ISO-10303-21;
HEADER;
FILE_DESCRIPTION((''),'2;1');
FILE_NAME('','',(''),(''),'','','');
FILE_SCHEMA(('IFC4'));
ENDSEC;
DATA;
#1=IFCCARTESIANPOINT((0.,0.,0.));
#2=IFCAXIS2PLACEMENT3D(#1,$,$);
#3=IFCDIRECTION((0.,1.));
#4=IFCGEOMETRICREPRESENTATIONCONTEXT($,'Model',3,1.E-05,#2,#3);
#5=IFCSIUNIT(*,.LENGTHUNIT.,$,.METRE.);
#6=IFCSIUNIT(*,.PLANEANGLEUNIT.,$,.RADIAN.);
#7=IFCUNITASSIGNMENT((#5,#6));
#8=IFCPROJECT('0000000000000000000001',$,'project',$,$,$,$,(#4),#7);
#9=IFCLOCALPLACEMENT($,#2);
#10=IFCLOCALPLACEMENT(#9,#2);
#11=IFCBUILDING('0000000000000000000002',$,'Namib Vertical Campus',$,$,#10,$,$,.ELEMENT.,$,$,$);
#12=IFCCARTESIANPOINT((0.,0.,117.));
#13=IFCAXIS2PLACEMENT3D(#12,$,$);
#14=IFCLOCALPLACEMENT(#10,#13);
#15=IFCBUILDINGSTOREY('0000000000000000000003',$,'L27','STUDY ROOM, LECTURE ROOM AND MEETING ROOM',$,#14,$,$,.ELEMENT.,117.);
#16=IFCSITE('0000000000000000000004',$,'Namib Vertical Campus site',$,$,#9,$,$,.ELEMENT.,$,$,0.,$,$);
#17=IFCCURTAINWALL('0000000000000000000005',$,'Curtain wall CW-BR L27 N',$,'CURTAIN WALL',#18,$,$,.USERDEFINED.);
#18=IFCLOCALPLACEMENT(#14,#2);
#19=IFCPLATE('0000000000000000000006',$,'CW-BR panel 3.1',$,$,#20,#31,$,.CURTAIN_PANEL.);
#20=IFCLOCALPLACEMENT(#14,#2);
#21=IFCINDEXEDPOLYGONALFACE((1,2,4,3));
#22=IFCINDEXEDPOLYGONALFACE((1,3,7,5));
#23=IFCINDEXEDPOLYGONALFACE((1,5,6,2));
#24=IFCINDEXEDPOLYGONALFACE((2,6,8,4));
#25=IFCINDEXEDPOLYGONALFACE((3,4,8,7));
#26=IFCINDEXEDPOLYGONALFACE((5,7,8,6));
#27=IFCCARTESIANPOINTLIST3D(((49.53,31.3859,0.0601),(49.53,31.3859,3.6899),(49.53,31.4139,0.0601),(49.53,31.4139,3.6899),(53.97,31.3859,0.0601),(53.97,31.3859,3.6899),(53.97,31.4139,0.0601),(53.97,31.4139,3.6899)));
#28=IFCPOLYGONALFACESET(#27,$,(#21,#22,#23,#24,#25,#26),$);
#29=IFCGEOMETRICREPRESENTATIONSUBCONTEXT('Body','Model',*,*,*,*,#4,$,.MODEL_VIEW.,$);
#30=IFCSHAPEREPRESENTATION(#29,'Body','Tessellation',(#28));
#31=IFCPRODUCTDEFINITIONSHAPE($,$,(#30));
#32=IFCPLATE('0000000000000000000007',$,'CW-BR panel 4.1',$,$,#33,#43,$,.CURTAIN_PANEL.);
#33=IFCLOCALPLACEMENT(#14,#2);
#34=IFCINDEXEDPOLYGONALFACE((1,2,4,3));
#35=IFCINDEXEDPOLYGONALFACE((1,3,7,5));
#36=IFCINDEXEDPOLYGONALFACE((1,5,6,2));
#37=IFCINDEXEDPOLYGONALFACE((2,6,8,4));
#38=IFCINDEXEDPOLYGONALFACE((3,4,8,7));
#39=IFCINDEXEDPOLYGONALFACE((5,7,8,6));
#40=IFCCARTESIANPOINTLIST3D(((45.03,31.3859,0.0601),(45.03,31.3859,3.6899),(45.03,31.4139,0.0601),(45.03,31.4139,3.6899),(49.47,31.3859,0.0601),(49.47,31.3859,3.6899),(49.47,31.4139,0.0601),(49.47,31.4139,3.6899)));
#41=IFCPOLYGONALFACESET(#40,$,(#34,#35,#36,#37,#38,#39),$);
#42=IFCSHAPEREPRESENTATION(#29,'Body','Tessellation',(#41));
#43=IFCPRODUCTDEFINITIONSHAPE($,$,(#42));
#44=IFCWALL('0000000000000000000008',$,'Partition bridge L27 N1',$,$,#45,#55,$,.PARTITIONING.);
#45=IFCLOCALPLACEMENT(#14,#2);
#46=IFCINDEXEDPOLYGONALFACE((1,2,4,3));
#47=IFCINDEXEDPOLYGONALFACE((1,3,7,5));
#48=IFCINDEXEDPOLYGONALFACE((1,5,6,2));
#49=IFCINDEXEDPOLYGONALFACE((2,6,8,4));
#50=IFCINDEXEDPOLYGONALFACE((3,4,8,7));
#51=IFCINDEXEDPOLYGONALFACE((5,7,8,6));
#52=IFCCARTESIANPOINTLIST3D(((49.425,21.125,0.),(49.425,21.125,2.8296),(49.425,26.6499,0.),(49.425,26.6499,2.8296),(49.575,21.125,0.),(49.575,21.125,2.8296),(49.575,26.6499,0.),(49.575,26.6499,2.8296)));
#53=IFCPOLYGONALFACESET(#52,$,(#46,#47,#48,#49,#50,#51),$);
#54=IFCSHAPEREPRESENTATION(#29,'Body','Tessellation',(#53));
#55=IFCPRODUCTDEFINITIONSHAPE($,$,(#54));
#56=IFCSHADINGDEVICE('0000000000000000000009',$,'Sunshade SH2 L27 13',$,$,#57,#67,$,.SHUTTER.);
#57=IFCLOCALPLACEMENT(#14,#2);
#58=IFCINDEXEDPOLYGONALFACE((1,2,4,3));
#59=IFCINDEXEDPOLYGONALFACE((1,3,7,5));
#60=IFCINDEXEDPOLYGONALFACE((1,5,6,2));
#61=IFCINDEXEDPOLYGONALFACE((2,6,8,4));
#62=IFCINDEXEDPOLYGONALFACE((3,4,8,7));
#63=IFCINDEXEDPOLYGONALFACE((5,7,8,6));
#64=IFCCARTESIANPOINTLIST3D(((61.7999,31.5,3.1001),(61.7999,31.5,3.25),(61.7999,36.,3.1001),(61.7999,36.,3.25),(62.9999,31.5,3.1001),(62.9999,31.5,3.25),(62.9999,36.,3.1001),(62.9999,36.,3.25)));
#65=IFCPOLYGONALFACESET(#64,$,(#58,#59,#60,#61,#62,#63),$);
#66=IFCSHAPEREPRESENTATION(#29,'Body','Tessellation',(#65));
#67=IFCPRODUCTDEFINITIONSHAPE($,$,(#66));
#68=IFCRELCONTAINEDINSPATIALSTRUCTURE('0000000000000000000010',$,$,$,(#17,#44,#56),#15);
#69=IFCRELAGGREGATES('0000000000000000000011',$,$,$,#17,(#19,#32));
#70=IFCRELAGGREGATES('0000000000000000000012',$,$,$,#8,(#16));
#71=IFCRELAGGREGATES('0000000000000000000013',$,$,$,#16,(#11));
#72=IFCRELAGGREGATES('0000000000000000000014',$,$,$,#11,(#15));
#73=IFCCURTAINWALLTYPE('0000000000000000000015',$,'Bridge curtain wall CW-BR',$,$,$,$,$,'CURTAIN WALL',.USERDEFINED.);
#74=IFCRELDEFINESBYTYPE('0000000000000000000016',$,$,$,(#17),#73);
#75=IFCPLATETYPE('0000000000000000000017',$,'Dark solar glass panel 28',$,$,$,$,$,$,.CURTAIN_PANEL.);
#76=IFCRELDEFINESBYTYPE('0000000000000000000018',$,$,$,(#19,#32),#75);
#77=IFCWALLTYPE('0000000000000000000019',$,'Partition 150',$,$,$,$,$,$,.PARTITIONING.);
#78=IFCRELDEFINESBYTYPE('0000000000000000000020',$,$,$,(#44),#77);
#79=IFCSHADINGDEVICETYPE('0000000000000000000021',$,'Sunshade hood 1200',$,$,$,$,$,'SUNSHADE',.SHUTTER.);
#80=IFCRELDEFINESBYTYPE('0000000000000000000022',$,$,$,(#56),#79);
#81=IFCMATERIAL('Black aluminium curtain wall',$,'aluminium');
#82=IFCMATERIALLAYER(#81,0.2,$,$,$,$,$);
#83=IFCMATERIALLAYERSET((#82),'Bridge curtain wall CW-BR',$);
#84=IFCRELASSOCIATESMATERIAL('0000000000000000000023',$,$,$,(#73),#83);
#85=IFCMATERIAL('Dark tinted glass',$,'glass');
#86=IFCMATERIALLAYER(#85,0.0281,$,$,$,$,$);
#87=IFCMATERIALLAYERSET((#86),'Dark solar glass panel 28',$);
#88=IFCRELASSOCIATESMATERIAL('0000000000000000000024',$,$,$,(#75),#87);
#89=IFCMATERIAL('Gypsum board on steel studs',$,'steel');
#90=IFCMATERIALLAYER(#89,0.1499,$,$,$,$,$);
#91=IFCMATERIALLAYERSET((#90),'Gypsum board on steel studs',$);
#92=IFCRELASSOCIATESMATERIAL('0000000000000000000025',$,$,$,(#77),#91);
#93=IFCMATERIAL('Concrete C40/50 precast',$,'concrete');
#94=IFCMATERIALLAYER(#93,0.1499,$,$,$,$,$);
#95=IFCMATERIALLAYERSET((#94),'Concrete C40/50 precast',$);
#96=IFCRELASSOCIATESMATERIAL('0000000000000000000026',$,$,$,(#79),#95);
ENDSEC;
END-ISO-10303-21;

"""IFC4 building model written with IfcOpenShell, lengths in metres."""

from ifc_helpers import new_model, si_unit, direction, frame, frame_2d, origin, origin_2d, place, context, subcontext, project, spatial, rectangle, extrude, material, layer, layer_set, type_object, element, aggregate, save


model = new_model("IFC4")

# Units and contexts
model_context = context("Model", 3, precision=1e-05, world=origin(), true_north=direction((0.0, 1.0)))
body_context = subcontext(model_context, "Body", "Model", "MODEL_VIEW")
ifc_project = project(units=[si_unit("LENGTHUNIT", "METRE"), si_unit("PLANEANGLEUNIT", "RADIAN")], contexts=[model_context])

# Site, building, storey
site_placement = place(None, origin())
site = spatial("IfcSite", under=ifc_project, at=site_placement, Name="Namib Vertical Campus site", CompositionType="ELEMENT", RefElevation=0.0)
building_placement = place(site_placement, origin())
building = spatial("IfcBuilding", under=site, at=building_placement, Name="Namib Vertical Campus", CompositionType="ELEMENT")
storey_placement = place(building_placement, frame((0.0, 0.0, 117.0)))
storey = spatial("IfcBuildingStorey", under=building, at=storey_placement, Name="L27", Description="STUDY ROOM, LECTURE ROOM AND MEETING ROOM", CompositionType="ELEMENT", Elevation=117.0)

# Curtain wall, plates
ifc_material_1 = material(Name="Black aluminium curtain wall", Category="aluminium")
ifc_layer_1 = layer(ifc_material_1, 0.2)
ifc_layer_set_1 = layer_set([ifc_layer_1], Name="Bridge curtain wall CW-BR")
curtain_wall_type = type_object("IfcCurtainWallType", Name="Bridge curtain wall CW-BR", ElementType="CURTAIN WALL", PredefinedType="USERDEFINED", material=ifc_layer_set_1)
curtain_wall_placement = place(storey_placement, origin())
curtain_wall = element("IfcCurtainWall", 1, at=curtain_wall_placement, inside=storey, type_object=curtain_wall_type, Name="Curtain wall CW-BR L27 N", ObjectType="CURTAIN WALL", PredefinedType="USERDEFINED")
ifc_material_2 = material(Name="Dark tinted glass", Category="glass")
ifc_layer_2 = layer(ifc_material_2, 0.0281)
ifc_layer_set_2 = layer_set([ifc_layer_2], Name="Dark solar glass panel 28")
plate_type = type_object("IfcPlateType", Name="Dark solar glass panel 28", PredefinedType="CURTAIN_PANEL", material=ifc_layer_set_2)
plate_1_placement = place(storey_placement, frame((51.75, 31.3999, 0.0601), z_axis=(0.0, 0.0, 1.0), x_axis=(-1.0, 0.0, 0.0)))
plate_1 = element("IfcPlate", 2, at=plate_1_placement, type_object=plate_type, Name="CW-BR panel 3.1", PredefinedType="CURTAIN_PANEL", context=body_context, shape_type="SweptSolid", body=[
    extrude(rectangle(XDim=4.4399, YDim=0.0281, at=origin_2d()), origin(), (0.0, 0.0, 1.0), 3.6299),
])
plate_2_placement = place(storey_placement, frame((47.25, 31.3999, 0.0601), z_axis=(0.0, 0.0, 1.0), x_axis=(-1.0, 0.0, 0.0)))
plate_2 = element("IfcPlate", 3, at=plate_2_placement, type_object=plate_type, Name="CW-BR panel 4.1", PredefinedType="CURTAIN_PANEL", context=body_context, shape_type="SweptSolid", body=[
    extrude(rectangle(XDim=4.4399, YDim=0.0281, at=origin_2d()), origin(), (0.0, 0.0, 1.0), 3.6299),
])
aggregate(curtain_wall, [plate_1, plate_2])

# Wall
ifc_material_3 = material(Name="Gypsum board on steel studs", Category="steel")
ifc_layer_3 = layer(ifc_material_3, 0.1499)
ifc_layer_set_3 = layer_set([ifc_layer_3], Name="Gypsum board on steel studs")
wall_type = type_object("IfcWallType", Name="Partition 150", PredefinedType="PARTITIONING", material=ifc_layer_set_3)
wall_placement = place(storey_placement, frame((49.5, 26.6499, 0.0), z_axis=(0.0, 0.0, 1.0), x_axis=(0.0, -1.0, 0.0)))
element("IfcWall", 4, at=wall_placement, inside=storey, type_object=wall_type, Name="Partition bridge L27 N1", PredefinedType="PARTITIONING", context=body_context, shape_type="SweptSolid", body=[
    extrude(rectangle(XDim=5.5249, YDim=0.1499, at=frame_2d((2.7625, 0.0))), origin(), (0.0, 0.0, 1.0), 2.8296),
])

# Shading device
ifc_material_4 = material(Name="Concrete C40/50 precast", Category="concrete")
ifc_layer_4 = layer(ifc_material_4, 0.1499)
ifc_layer_set_4 = layer_set([ifc_layer_4], Name="Concrete C40/50 precast")
shading_device_type = type_object("IfcShadingDeviceType", Name="Sunshade hood 1200", ElementType="SUNSHADE", PredefinedType="SHUTTER", material=ifc_layer_set_4)
shading_device_placement = place(storey_placement, frame((62.3999, 33.75, 3.1001), z_axis=(0.0, 0.0, 1.0), x_axis=(0.0, -1.0, 0.0)))
element("IfcShadingDevice", 5, at=shading_device_placement, inside=storey, type_object=shading_device_type, Name="Sunshade SH2 L27 13", PredefinedType="SHUTTER", context=body_context, shape_type="SweptSolid", body=[
    extrude(rectangle(XDim=4.5, YDim=1.2, at=origin_2d()), origin(), (0.0, 0.0, 1.0), 0.1499),
])

save(model, "model.ifc")
